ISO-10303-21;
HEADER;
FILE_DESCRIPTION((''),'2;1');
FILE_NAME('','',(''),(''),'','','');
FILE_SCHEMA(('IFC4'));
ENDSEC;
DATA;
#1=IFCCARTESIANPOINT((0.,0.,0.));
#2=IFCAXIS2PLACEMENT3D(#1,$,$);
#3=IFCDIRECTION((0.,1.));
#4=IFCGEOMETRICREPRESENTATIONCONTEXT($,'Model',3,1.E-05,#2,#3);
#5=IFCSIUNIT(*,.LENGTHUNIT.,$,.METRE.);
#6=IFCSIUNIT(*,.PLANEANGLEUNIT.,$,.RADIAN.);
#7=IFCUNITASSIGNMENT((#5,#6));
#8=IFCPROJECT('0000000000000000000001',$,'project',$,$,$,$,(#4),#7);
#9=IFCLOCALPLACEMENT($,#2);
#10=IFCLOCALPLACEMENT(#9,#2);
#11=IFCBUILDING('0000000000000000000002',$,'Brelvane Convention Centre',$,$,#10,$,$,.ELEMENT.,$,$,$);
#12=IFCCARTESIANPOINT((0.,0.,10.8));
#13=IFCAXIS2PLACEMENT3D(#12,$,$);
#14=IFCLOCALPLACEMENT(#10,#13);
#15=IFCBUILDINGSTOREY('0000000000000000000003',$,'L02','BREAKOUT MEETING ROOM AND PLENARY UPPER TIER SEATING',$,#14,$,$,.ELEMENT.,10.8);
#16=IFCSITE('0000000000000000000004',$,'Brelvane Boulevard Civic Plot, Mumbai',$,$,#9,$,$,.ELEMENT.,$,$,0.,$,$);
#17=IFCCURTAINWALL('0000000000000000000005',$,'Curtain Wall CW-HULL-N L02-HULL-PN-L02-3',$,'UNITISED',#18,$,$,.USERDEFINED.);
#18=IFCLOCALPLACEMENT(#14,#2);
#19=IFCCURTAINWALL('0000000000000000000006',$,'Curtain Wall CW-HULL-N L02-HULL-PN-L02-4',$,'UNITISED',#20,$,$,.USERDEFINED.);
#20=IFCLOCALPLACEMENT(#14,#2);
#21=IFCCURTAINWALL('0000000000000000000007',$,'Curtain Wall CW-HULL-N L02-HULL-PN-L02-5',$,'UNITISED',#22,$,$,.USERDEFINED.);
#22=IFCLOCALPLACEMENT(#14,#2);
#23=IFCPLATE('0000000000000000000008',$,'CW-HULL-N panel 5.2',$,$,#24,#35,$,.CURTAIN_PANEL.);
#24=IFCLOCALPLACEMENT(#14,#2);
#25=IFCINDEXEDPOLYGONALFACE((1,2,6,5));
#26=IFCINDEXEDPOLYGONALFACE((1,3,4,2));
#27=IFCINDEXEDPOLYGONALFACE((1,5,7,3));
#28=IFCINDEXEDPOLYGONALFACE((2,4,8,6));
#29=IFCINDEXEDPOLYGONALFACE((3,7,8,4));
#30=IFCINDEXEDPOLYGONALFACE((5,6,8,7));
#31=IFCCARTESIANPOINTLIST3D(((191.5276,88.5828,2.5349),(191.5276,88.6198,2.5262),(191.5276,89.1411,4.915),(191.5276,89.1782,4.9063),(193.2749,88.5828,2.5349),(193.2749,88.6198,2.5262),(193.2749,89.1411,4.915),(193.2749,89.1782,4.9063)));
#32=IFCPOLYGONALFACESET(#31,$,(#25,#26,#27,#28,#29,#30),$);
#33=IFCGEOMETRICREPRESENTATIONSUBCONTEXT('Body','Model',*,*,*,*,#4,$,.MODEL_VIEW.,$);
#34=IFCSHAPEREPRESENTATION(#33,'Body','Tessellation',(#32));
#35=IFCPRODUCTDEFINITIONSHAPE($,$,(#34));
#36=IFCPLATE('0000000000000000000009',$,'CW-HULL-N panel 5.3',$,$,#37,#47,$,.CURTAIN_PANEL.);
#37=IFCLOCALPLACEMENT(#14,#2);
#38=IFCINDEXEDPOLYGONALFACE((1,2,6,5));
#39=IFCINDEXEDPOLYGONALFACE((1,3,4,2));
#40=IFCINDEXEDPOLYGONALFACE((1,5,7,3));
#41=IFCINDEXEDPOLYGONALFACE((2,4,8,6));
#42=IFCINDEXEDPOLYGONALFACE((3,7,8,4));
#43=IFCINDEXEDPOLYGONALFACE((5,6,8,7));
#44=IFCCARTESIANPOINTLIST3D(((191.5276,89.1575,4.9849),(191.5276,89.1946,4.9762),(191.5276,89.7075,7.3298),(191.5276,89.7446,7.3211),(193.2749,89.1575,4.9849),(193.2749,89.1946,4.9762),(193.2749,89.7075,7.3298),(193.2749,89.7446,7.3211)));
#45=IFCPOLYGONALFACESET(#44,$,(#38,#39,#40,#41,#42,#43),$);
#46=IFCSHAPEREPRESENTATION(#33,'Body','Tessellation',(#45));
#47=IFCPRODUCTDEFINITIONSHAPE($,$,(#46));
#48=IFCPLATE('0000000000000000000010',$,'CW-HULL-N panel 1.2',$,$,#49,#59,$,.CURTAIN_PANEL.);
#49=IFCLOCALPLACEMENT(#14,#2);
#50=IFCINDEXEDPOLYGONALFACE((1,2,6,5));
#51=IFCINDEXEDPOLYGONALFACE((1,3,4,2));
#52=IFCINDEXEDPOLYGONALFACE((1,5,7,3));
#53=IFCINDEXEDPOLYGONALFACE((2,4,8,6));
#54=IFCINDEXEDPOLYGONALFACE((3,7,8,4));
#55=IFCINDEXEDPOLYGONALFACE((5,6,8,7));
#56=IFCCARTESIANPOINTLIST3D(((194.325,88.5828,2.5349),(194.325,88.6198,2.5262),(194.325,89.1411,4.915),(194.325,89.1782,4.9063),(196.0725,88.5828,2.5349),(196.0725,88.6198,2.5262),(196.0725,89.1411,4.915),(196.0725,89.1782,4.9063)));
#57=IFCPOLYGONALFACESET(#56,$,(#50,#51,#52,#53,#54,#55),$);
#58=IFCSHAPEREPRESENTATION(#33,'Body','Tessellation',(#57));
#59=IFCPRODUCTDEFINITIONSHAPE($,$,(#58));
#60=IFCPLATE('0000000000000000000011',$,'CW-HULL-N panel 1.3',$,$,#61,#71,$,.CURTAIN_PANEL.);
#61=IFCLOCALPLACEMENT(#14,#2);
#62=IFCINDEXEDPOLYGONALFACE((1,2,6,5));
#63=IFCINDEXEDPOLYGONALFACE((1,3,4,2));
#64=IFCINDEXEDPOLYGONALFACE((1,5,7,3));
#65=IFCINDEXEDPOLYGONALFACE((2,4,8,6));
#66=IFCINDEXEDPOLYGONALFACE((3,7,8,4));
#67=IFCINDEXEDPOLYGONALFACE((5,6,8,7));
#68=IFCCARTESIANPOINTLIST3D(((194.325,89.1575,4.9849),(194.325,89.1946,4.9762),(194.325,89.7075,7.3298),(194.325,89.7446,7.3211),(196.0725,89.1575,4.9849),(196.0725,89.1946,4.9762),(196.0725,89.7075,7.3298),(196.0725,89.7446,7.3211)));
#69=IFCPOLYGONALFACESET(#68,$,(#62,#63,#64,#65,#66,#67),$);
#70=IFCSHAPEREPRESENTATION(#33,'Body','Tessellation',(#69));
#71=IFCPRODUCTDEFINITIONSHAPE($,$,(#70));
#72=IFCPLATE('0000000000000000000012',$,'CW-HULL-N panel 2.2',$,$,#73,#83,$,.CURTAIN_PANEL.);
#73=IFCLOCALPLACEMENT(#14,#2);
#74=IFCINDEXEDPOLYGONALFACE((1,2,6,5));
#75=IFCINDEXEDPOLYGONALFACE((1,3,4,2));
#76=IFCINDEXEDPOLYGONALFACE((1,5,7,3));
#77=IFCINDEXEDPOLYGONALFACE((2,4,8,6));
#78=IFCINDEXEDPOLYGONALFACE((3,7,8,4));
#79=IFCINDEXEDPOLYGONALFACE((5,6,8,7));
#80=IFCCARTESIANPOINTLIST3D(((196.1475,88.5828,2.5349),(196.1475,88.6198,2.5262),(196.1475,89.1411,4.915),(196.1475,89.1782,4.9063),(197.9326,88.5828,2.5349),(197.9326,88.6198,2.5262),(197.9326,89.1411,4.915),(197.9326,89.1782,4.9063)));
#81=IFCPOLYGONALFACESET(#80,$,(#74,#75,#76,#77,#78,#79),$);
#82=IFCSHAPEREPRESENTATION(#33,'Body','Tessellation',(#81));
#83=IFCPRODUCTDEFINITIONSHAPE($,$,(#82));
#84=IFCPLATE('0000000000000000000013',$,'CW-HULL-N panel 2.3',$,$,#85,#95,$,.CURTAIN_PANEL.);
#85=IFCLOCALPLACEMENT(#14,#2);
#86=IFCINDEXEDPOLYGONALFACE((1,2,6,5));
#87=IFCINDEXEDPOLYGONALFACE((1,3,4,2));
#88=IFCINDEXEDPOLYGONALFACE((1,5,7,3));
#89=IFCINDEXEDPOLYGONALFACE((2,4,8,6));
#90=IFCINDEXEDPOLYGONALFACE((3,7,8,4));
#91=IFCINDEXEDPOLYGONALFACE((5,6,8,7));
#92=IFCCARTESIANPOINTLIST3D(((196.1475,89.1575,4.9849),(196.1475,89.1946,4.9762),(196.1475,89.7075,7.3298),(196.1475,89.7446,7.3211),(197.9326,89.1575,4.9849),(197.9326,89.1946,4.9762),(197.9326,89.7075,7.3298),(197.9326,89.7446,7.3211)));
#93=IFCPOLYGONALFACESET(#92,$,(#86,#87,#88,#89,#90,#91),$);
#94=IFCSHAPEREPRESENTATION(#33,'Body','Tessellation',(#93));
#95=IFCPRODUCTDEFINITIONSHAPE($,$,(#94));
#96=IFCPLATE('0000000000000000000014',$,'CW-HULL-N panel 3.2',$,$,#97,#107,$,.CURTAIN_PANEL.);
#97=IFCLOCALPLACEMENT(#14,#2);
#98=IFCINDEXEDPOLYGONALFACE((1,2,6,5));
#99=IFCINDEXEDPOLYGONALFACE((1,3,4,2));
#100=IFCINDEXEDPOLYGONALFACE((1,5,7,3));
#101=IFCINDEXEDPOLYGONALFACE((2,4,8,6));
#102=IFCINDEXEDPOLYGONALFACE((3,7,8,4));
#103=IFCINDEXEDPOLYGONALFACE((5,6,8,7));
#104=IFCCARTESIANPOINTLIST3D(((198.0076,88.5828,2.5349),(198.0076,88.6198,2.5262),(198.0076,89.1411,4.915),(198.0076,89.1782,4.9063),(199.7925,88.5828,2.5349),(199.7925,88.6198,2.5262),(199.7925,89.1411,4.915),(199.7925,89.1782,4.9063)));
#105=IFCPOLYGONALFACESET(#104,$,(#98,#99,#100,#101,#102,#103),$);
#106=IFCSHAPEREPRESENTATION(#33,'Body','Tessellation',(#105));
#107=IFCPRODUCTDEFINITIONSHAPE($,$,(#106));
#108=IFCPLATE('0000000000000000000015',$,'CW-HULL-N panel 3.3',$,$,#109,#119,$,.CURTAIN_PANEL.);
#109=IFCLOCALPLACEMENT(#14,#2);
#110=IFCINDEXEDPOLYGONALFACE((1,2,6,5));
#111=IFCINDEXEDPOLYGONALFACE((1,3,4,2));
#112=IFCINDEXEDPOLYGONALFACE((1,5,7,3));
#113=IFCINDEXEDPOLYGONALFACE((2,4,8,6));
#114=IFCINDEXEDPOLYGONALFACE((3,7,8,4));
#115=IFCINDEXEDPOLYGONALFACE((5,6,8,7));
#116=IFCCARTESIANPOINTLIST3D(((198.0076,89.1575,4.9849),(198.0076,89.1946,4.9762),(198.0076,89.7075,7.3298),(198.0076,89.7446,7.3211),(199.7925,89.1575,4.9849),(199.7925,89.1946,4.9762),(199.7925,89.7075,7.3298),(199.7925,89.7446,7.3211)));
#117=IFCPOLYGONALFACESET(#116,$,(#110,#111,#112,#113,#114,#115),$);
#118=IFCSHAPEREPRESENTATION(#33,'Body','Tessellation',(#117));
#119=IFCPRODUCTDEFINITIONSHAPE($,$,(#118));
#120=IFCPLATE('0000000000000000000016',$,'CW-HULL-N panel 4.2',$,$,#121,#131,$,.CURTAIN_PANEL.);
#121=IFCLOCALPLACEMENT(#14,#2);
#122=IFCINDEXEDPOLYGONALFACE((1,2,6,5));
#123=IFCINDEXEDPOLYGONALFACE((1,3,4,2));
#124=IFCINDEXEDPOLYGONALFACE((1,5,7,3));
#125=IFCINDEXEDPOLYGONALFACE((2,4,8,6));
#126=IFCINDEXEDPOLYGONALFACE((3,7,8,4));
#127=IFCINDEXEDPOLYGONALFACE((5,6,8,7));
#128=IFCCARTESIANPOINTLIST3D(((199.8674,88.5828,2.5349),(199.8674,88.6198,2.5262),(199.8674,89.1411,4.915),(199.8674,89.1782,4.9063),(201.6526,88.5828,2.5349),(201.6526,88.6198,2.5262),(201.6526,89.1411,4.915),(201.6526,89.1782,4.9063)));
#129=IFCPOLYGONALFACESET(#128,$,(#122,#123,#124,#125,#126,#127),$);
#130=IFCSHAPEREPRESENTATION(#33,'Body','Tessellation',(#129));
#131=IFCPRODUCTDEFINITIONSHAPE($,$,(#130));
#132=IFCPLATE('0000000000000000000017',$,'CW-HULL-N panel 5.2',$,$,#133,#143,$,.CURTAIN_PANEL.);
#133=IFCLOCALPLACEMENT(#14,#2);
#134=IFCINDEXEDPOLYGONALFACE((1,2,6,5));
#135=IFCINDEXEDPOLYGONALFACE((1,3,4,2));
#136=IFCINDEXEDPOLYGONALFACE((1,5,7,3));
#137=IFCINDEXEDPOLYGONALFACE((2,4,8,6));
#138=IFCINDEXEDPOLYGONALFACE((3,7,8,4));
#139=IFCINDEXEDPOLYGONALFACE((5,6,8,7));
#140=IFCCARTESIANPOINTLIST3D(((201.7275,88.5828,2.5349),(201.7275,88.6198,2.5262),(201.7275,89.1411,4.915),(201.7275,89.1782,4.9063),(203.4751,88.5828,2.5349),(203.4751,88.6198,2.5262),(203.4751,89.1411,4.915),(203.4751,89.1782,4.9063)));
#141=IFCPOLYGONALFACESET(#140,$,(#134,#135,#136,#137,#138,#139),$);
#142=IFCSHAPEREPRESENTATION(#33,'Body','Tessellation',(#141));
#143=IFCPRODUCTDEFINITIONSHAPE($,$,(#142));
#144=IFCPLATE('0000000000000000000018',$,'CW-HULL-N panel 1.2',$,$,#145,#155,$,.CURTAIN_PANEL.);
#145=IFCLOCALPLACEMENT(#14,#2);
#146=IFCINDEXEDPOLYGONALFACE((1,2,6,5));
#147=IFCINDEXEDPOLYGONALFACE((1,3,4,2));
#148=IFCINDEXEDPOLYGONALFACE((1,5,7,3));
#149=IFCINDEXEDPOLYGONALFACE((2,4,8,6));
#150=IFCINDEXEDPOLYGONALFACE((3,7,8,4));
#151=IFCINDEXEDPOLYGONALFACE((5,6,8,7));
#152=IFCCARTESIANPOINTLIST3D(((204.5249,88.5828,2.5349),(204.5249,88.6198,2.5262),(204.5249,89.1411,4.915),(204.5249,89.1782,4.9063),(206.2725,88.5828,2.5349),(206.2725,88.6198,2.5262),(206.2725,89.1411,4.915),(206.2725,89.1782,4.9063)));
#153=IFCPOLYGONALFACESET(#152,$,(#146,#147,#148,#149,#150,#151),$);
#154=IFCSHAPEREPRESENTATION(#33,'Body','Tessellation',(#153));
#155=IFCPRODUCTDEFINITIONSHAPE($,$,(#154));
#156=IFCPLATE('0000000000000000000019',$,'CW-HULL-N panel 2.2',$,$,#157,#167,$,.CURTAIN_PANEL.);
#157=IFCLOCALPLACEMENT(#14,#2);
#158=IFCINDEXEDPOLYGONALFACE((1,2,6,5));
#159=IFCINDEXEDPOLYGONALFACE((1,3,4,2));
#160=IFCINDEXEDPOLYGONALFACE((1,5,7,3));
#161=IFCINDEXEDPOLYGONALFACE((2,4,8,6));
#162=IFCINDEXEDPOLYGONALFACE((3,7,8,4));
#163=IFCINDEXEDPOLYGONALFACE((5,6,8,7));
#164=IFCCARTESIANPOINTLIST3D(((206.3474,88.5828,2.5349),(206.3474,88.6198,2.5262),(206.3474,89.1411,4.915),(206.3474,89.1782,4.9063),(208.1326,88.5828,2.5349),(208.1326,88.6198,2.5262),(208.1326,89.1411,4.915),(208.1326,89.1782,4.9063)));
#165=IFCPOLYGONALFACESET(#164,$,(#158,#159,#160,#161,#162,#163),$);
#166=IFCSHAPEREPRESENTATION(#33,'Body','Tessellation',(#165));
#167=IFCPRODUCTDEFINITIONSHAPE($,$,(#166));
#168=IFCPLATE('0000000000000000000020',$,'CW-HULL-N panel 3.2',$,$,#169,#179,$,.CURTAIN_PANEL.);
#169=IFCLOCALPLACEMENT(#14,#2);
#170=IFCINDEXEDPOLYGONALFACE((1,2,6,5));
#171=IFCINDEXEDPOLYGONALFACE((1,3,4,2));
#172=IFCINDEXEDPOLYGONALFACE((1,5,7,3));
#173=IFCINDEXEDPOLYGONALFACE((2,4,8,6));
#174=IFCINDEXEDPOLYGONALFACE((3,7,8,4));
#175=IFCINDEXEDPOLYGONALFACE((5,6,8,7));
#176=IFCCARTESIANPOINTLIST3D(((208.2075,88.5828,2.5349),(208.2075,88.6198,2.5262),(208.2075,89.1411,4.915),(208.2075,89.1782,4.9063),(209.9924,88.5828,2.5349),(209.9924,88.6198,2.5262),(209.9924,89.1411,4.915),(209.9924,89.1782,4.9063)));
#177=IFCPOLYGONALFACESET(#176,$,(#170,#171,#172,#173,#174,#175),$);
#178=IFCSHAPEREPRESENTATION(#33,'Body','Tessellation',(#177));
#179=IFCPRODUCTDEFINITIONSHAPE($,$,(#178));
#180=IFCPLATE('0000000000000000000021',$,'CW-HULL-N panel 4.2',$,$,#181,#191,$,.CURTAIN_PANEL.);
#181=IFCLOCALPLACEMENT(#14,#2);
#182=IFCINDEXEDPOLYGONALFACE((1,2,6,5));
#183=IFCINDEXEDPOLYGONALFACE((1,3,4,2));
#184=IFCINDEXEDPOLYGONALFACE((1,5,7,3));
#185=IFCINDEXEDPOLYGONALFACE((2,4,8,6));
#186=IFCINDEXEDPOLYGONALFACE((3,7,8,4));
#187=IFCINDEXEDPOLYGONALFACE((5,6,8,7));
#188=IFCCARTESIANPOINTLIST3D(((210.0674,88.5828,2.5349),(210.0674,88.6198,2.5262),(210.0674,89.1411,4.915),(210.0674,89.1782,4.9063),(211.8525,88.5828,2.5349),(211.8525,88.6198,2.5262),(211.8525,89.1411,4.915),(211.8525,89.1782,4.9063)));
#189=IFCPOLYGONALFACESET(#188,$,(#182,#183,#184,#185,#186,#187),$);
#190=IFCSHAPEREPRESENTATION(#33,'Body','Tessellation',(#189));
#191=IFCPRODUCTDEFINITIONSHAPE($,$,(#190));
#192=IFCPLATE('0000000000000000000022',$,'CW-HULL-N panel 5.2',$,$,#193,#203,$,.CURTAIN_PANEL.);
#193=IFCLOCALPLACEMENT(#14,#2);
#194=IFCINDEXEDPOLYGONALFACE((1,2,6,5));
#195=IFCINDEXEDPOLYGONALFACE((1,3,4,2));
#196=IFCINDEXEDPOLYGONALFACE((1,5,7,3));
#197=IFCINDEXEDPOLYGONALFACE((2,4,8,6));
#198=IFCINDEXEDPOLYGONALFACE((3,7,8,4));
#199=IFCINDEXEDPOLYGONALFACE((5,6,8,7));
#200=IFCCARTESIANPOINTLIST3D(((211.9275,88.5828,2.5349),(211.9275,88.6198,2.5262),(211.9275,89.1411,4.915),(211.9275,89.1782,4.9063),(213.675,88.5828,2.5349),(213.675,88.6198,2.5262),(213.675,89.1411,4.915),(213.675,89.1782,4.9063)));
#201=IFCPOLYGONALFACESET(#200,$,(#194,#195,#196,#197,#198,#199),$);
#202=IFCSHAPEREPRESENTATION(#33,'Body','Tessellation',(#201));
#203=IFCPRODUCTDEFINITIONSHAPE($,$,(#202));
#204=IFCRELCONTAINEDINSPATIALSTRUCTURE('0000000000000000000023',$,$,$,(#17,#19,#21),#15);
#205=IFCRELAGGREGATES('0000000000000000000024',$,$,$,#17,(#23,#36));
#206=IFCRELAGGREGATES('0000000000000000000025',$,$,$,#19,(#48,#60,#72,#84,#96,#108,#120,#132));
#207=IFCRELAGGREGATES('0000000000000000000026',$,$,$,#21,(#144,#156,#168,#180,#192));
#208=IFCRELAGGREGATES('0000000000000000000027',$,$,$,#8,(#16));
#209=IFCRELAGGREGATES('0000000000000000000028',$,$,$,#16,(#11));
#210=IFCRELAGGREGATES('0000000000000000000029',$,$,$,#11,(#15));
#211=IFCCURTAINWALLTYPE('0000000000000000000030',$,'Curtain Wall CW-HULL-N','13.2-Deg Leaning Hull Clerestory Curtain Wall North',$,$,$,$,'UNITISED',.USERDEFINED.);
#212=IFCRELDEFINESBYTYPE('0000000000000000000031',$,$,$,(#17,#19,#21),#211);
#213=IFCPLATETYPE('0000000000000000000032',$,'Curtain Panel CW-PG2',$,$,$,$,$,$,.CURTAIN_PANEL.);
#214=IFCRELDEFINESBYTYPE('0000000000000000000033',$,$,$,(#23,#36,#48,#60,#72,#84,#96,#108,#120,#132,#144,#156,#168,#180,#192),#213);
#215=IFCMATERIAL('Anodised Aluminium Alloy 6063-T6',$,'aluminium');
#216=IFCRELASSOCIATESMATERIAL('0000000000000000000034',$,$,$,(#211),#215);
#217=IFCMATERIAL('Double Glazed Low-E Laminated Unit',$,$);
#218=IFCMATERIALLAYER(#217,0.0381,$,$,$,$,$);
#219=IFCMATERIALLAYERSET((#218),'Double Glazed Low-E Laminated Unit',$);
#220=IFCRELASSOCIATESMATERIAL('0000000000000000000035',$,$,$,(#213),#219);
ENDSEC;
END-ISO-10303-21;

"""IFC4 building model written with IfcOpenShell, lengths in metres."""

from ifc_helpers import new_model, si_unit, direction, frame, origin, place, context, subcontext, project, spatial, polyline, outline, extrude, material, layer, layer_set, type_object, element, aggregate, save


model = new_model("IFC4")

# Units and contexts
model_context = context("Model", 3, precision=1e-05, world=origin(), true_north=direction((0.0, 1.0)))
body_context = subcontext(model_context, "Body", "Model", "MODEL_VIEW")
ifc_project = project(units=[si_unit("LENGTHUNIT", "METRE"), si_unit("PLANEANGLEUNIT", "RADIAN")], contexts=[model_context])

# Site, building, storey
site_placement = place(None, origin())
site = spatial("IfcSite", under=ifc_project, at=site_placement, Name="Brelvane Boulevard Civic Plot, Mumbai", CompositionType="ELEMENT", RefElevation=0.0)
building_placement = place(site_placement, origin())
building = spatial("IfcBuilding", under=site, at=building_placement, Name="Brelvane Convention Centre", CompositionType="ELEMENT")
storey_placement = place(building_placement, frame((0.0, 0.0, 10.8)))
storey = spatial("IfcBuildingStorey", under=building, at=storey_placement, Name="L02", Description="BREAKOUT MEETING ROOM AND PLENARY UPPER TIER SEATING", CompositionType="ELEMENT", Elevation=10.8)

# Curtain walls
ifc_material_1 = material(Name="Anodised Aluminium Alloy 6063-T6", Category="aluminium")
curtain_wall_type = type_object("IfcCurtainWallType", Name="Curtain Wall CW-HULL-N", Description="13.2-Deg Leaning Hull Clerestory Curtain Wall North", ElementType="UNITISED", PredefinedType="USERDEFINED", material=ifc_material_1)
curtain_wall_1_placement = place(storey_placement, origin())
curtain_wall_1 = element("IfcCurtainWall", 1, at=curtain_wall_1_placement, inside=storey, type_object=curtain_wall_type, Name="Curtain Wall CW-HULL-N L02-HULL-PN-L02-3", ObjectType="UNITISED", PredefinedType="USERDEFINED")
curtain_wall_2_placement = place(storey_placement, origin())
curtain_wall_2 = element("IfcCurtainWall", 2, at=curtain_wall_2_placement, inside=storey, type_object=curtain_wall_type, Name="Curtain Wall CW-HULL-N L02-HULL-PN-L02-4", ObjectType="UNITISED", PredefinedType="USERDEFINED")
curtain_wall_3_placement = place(storey_placement, origin())
curtain_wall_3 = element("IfcCurtainWall", 3, at=curtain_wall_3_placement, inside=storey, type_object=curtain_wall_type, Name="Curtain Wall CW-HULL-N L02-HULL-PN-L02-5", ObjectType="UNITISED", PredefinedType="USERDEFINED")

# Plates
ifc_material_2 = material(Name="Double Glazed Low-E Laminated Unit")
ifc_layer = layer(ifc_material_2, 0.0381)
ifc_layer_set = layer_set([ifc_layer], Name="Double Glazed Low-E Laminated Unit")
plate_type = type_object("IfcPlateType", Name="Curtain Panel CW-PG2", PredefinedType="CURTAIN_PANEL", material=ifc_layer_set)
plate_1_placement = place(storey_placement, frame((191.5276, 88.5828, 2.5349), z_axis=(0.0, -0.97357, 0.228388), x_axis=(1.0, 0.0, 0.0)))
plate_1 = element("IfcPlate", 4, at=plate_1_placement, type_object=plate_type, Name="CW-HULL-N panel 5.2", PredefinedType="CURTAIN_PANEL", context=body_context, shape_type="SweptSolid", body=[
    extrude(outline(polyline([(0.0, 0.0), (1.7473, 0.0), (1.7473, 2.4447), (0.0, 2.4447), (0.0, 0.0)])), origin(), (0.0, 0.0, -1.0), 0.0381),
])
plate_2_placement = place(storey_placement, frame((191.5276, 89.1575, 4.9849), z_axis=(0.0, -0.973575, 0.228367), x_axis=(1.0, 0.0, 0.0)))
plate_2 = element("IfcPlate", 5, at=plate_2_placement, type_object=plate_type, Name="CW-HULL-N panel 5.3", PredefinedType="CURTAIN_PANEL", context=body_context, shape_type="SweptSolid", body=[
    extrude(outline(polyline([(0.0, 0.0), (1.7473, 0.0), (1.7473, 2.4086), (0.0, 2.4086), (0.0, 0.0)])), origin(), (0.0, 0.0, -1.0), 0.0381),
])
aggregate(curtain_wall_1, [plate_1, plate_2])
plate_3_placement = place(storey_placement, frame((194.325, 88.5828, 2.5349), z_axis=(0.0, -0.97357, 0.228388), x_axis=(1.0, 0.0, 0.0)))
plate_3 = element("IfcPlate", 6, at=plate_3_placement, type_object=plate_type, Name="CW-HULL-N panel 1.2", PredefinedType="CURTAIN_PANEL", context=body_context, shape_type="SweptSolid", body=[
    extrude(outline(polyline([(0.0, 0.0), (1.7476, 0.0), (1.7476, 2.4447), (0.0, 2.4447), (0.0, 0.0)])), origin(), (0.0, 0.0, -1.0), 0.0381),
])
plate_4_placement = place(storey_placement, frame((194.325, 89.1575, 4.9849), z_axis=(0.0, -0.973575, 0.228367), x_axis=(1.0, 0.0, 0.0)))
plate_4 = element("IfcPlate", 7, at=plate_4_placement, type_object=plate_type, Name="CW-HULL-N panel 1.3", PredefinedType="CURTAIN_PANEL", context=body_context, shape_type="SweptSolid", body=[
    extrude(outline(polyline([(0.0, 0.0), (1.7476, 0.0), (1.7476, 2.4086), (0.0, 2.4086), (0.0, 0.0)])), origin(), (0.0, 0.0, -1.0), 0.0381),
])
plate_5_placement = place(storey_placement, frame((196.1475, 88.5828, 2.5349), z_axis=(0.0, -0.97357, 0.228388), x_axis=(1.0, 0.0, 0.0)))
plate_5 = element("IfcPlate", 8, at=plate_5_placement, type_object=plate_type, Name="CW-HULL-N panel 2.2", PredefinedType="CURTAIN_PANEL", context=body_context, shape_type="SweptSolid", body=[
    extrude(outline(polyline([(0.0, 0.0), (1.7852, 0.0), (1.7852, 2.4447), (0.0, 2.4447), (0.0, 0.0)])), origin(), (0.0, 0.0, -1.0), 0.0381),
])
plate_6_placement = place(storey_placement, frame((196.1475, 89.1575, 4.9849), z_axis=(0.0, -0.973575, 0.228367), x_axis=(1.0, 0.0, 0.0)))
plate_6 = element("IfcPlate", 9, at=plate_6_placement, type_object=plate_type, Name="CW-HULL-N panel 2.3", PredefinedType="CURTAIN_PANEL", context=body_context, shape_type="SweptSolid", body=[
    extrude(outline(polyline([(0.0, 0.0), (1.7852, 0.0), (1.7852, 2.4086), (0.0, 2.4086), (0.0, 0.0)])), origin(), (0.0, 0.0, -1.0), 0.0381),
])
plate_7_placement = place(storey_placement, frame((198.0076, 88.5828, 2.5349), z_axis=(0.0, -0.97357, 0.228388), x_axis=(1.0, 0.0, 0.0)))
plate_7 = element("IfcPlate", 10, at=plate_7_placement, type_object=plate_type, Name="CW-HULL-N panel 3.2", PredefinedType="CURTAIN_PANEL", context=body_context, shape_type="SweptSolid", body=[
    extrude(outline(polyline([(0.0, 0.0), (1.7849, 0.0), (1.7849, 2.4447), (0.0, 2.4447), (0.0, 0.0)])), origin(), (0.0, 0.0, -1.0), 0.0381),
])
plate_8_placement = place(storey_placement, frame((198.0076, 89.1575, 4.9849), z_axis=(0.0, -0.973575, 0.228367), x_axis=(1.0, 0.0, 0.0)))
plate_8 = element("IfcPlate", 11, at=plate_8_placement, type_object=plate_type, Name="CW-HULL-N panel 3.3", PredefinedType="CURTAIN_PANEL", context=body_context, shape_type="SweptSolid", body=[
    extrude(outline(polyline([(0.0, 0.0), (1.7849, 0.0), (1.7849, 2.4086), (0.0, 2.4086), (0.0, 0.0)])), origin(), (0.0, 0.0, -1.0), 0.0381),
])
plate_9_placement = place(storey_placement, frame((199.8674, 88.5828, 2.5349), z_axis=(0.0, -0.97357, 0.228388), x_axis=(1.0, 0.0, 0.0)))
plate_9 = element("IfcPlate", 12, at=plate_9_placement, type_object=plate_type, Name="CW-HULL-N panel 4.2", PredefinedType="CURTAIN_PANEL", context=body_context, shape_type="SweptSolid", body=[
    extrude(outline(polyline([(0.0, 0.0), (1.7852, 0.0), (1.7852, 2.4447), (0.0, 2.4447), (0.0, 0.0)])), origin(), (0.0, 0.0, -1.0), 0.0381),
])
plate_10_placement = place(storey_placement, frame((201.7275, 88.5828, 2.5349), z_axis=(0.0, -0.97357, 0.228388), x_axis=(1.0, 0.0, 0.0)))
plate_10 = element("IfcPlate", 13, at=plate_10_placement, type_object=plate_type, Name="CW-HULL-N panel 5.2", PredefinedType="CURTAIN_PANEL", context=body_context, shape_type="SweptSolid", body=[
    extrude(outline(polyline([(0.0, 0.0), (1.7476, 0.0), (1.7476, 2.4447), (0.0, 2.4447), (0.0, 0.0)])), origin(), (0.0, 0.0, -1.0), 0.0381),
])
aggregate(curtain_wall_2, [plate_3, plate_4, plate_5, plate_6, plate_7, plate_8, plate_9, plate_10])
plate_11_placement = place(storey_placement, frame((204.5249, 88.5828, 2.5349), z_axis=(0.0, -0.97357, 0.228388), x_axis=(1.0, 0.0, 0.0)))
plate_11 = element("IfcPlate", 14, at=plate_11_placement, type_object=plate_type, Name="CW-HULL-N panel 1.2", PredefinedType="CURTAIN_PANEL", context=body_context, shape_type="SweptSolid", body=[
    extrude(outline(polyline([(0.0, 0.0), (1.7476, 0.0), (1.7476, 2.4447), (0.0, 2.4447), (0.0, 0.0)])), origin(), (0.0, 0.0, -1.0), 0.0381),
])
plate_12_placement = place(storey_placement, frame((206.3474, 88.5828, 2.5349), z_axis=(0.0, -0.97357, 0.228388), x_axis=(1.0, 0.0, 0.0)))
plate_12 = element("IfcPlate", 15, at=plate_12_placement, type_object=plate_type, Name="CW-HULL-N panel 2.2", PredefinedType="CURTAIN_PANEL", context=body_context, shape_type="SweptSolid", body=[
    extrude(outline(polyline([(0.0, 0.0), (1.7852, 0.0), (1.7852, 2.4447), (0.0, 2.4447), (0.0, 0.0)])), origin(), (0.0, 0.0, -1.0), 0.0381),
])
plate_13_placement = place(storey_placement, frame((208.2075, 88.5828, 2.5349), z_axis=(0.0, -0.97357, 0.228388), x_axis=(1.0, 0.0, 0.0)))
plate_13 = element("IfcPlate", 16, at=plate_13_placement, type_object=plate_type, Name="CW-HULL-N panel 3.2", PredefinedType="CURTAIN_PANEL", context=body_context, shape_type="SweptSolid", body=[
    extrude(outline(polyline([(0.0, 0.0), (1.7849, 0.0), (1.7849, 2.4447), (0.0, 2.4447), (0.0, 0.0)])), origin(), (0.0, 0.0, -1.0), 0.0381),
])
plate_14_placement = place(storey_placement, frame((210.0674, 88.5828, 2.5349), z_axis=(0.0, -0.97357, 0.228388), x_axis=(1.0, 0.0, 0.0)))
plate_14 = element("IfcPlate", 17, at=plate_14_placement, type_object=plate_type, Name="CW-HULL-N panel 4.2", PredefinedType="CURTAIN_PANEL", context=body_context, shape_type="SweptSolid", body=[
    extrude(outline(polyline([(0.0, 0.0), (1.7852, 0.0), (1.7852, 2.4447), (0.0, 2.4447), (0.0, 0.0)])), origin(), (0.0, 0.0, -1.0), 0.0381),
])
plate_15_placement = place(storey_placement, frame((211.9275, 88.5828, 2.5349), z_axis=(0.0, -0.97357, 0.228388), x_axis=(1.0, 0.0, 0.0)))
plate_15 = element("IfcPlate", 18, at=plate_15_placement, type_object=plate_type, Name="CW-HULL-N panel 5.2", PredefinedType="CURTAIN_PANEL", context=body_context, shape_type="SweptSolid", body=[
    extrude(outline(polyline([(0.0, 0.0), (1.7476, 0.0), (1.7476, 2.4447), (0.0, 2.4447), (0.0, 0.0)])), origin(), (0.0, 0.0, -1.0), 0.0381),
])
aggregate(curtain_wall_3, [plate_11, plate_12, plate_13, plate_14, plate_15])

save(model, "model.ifc")
